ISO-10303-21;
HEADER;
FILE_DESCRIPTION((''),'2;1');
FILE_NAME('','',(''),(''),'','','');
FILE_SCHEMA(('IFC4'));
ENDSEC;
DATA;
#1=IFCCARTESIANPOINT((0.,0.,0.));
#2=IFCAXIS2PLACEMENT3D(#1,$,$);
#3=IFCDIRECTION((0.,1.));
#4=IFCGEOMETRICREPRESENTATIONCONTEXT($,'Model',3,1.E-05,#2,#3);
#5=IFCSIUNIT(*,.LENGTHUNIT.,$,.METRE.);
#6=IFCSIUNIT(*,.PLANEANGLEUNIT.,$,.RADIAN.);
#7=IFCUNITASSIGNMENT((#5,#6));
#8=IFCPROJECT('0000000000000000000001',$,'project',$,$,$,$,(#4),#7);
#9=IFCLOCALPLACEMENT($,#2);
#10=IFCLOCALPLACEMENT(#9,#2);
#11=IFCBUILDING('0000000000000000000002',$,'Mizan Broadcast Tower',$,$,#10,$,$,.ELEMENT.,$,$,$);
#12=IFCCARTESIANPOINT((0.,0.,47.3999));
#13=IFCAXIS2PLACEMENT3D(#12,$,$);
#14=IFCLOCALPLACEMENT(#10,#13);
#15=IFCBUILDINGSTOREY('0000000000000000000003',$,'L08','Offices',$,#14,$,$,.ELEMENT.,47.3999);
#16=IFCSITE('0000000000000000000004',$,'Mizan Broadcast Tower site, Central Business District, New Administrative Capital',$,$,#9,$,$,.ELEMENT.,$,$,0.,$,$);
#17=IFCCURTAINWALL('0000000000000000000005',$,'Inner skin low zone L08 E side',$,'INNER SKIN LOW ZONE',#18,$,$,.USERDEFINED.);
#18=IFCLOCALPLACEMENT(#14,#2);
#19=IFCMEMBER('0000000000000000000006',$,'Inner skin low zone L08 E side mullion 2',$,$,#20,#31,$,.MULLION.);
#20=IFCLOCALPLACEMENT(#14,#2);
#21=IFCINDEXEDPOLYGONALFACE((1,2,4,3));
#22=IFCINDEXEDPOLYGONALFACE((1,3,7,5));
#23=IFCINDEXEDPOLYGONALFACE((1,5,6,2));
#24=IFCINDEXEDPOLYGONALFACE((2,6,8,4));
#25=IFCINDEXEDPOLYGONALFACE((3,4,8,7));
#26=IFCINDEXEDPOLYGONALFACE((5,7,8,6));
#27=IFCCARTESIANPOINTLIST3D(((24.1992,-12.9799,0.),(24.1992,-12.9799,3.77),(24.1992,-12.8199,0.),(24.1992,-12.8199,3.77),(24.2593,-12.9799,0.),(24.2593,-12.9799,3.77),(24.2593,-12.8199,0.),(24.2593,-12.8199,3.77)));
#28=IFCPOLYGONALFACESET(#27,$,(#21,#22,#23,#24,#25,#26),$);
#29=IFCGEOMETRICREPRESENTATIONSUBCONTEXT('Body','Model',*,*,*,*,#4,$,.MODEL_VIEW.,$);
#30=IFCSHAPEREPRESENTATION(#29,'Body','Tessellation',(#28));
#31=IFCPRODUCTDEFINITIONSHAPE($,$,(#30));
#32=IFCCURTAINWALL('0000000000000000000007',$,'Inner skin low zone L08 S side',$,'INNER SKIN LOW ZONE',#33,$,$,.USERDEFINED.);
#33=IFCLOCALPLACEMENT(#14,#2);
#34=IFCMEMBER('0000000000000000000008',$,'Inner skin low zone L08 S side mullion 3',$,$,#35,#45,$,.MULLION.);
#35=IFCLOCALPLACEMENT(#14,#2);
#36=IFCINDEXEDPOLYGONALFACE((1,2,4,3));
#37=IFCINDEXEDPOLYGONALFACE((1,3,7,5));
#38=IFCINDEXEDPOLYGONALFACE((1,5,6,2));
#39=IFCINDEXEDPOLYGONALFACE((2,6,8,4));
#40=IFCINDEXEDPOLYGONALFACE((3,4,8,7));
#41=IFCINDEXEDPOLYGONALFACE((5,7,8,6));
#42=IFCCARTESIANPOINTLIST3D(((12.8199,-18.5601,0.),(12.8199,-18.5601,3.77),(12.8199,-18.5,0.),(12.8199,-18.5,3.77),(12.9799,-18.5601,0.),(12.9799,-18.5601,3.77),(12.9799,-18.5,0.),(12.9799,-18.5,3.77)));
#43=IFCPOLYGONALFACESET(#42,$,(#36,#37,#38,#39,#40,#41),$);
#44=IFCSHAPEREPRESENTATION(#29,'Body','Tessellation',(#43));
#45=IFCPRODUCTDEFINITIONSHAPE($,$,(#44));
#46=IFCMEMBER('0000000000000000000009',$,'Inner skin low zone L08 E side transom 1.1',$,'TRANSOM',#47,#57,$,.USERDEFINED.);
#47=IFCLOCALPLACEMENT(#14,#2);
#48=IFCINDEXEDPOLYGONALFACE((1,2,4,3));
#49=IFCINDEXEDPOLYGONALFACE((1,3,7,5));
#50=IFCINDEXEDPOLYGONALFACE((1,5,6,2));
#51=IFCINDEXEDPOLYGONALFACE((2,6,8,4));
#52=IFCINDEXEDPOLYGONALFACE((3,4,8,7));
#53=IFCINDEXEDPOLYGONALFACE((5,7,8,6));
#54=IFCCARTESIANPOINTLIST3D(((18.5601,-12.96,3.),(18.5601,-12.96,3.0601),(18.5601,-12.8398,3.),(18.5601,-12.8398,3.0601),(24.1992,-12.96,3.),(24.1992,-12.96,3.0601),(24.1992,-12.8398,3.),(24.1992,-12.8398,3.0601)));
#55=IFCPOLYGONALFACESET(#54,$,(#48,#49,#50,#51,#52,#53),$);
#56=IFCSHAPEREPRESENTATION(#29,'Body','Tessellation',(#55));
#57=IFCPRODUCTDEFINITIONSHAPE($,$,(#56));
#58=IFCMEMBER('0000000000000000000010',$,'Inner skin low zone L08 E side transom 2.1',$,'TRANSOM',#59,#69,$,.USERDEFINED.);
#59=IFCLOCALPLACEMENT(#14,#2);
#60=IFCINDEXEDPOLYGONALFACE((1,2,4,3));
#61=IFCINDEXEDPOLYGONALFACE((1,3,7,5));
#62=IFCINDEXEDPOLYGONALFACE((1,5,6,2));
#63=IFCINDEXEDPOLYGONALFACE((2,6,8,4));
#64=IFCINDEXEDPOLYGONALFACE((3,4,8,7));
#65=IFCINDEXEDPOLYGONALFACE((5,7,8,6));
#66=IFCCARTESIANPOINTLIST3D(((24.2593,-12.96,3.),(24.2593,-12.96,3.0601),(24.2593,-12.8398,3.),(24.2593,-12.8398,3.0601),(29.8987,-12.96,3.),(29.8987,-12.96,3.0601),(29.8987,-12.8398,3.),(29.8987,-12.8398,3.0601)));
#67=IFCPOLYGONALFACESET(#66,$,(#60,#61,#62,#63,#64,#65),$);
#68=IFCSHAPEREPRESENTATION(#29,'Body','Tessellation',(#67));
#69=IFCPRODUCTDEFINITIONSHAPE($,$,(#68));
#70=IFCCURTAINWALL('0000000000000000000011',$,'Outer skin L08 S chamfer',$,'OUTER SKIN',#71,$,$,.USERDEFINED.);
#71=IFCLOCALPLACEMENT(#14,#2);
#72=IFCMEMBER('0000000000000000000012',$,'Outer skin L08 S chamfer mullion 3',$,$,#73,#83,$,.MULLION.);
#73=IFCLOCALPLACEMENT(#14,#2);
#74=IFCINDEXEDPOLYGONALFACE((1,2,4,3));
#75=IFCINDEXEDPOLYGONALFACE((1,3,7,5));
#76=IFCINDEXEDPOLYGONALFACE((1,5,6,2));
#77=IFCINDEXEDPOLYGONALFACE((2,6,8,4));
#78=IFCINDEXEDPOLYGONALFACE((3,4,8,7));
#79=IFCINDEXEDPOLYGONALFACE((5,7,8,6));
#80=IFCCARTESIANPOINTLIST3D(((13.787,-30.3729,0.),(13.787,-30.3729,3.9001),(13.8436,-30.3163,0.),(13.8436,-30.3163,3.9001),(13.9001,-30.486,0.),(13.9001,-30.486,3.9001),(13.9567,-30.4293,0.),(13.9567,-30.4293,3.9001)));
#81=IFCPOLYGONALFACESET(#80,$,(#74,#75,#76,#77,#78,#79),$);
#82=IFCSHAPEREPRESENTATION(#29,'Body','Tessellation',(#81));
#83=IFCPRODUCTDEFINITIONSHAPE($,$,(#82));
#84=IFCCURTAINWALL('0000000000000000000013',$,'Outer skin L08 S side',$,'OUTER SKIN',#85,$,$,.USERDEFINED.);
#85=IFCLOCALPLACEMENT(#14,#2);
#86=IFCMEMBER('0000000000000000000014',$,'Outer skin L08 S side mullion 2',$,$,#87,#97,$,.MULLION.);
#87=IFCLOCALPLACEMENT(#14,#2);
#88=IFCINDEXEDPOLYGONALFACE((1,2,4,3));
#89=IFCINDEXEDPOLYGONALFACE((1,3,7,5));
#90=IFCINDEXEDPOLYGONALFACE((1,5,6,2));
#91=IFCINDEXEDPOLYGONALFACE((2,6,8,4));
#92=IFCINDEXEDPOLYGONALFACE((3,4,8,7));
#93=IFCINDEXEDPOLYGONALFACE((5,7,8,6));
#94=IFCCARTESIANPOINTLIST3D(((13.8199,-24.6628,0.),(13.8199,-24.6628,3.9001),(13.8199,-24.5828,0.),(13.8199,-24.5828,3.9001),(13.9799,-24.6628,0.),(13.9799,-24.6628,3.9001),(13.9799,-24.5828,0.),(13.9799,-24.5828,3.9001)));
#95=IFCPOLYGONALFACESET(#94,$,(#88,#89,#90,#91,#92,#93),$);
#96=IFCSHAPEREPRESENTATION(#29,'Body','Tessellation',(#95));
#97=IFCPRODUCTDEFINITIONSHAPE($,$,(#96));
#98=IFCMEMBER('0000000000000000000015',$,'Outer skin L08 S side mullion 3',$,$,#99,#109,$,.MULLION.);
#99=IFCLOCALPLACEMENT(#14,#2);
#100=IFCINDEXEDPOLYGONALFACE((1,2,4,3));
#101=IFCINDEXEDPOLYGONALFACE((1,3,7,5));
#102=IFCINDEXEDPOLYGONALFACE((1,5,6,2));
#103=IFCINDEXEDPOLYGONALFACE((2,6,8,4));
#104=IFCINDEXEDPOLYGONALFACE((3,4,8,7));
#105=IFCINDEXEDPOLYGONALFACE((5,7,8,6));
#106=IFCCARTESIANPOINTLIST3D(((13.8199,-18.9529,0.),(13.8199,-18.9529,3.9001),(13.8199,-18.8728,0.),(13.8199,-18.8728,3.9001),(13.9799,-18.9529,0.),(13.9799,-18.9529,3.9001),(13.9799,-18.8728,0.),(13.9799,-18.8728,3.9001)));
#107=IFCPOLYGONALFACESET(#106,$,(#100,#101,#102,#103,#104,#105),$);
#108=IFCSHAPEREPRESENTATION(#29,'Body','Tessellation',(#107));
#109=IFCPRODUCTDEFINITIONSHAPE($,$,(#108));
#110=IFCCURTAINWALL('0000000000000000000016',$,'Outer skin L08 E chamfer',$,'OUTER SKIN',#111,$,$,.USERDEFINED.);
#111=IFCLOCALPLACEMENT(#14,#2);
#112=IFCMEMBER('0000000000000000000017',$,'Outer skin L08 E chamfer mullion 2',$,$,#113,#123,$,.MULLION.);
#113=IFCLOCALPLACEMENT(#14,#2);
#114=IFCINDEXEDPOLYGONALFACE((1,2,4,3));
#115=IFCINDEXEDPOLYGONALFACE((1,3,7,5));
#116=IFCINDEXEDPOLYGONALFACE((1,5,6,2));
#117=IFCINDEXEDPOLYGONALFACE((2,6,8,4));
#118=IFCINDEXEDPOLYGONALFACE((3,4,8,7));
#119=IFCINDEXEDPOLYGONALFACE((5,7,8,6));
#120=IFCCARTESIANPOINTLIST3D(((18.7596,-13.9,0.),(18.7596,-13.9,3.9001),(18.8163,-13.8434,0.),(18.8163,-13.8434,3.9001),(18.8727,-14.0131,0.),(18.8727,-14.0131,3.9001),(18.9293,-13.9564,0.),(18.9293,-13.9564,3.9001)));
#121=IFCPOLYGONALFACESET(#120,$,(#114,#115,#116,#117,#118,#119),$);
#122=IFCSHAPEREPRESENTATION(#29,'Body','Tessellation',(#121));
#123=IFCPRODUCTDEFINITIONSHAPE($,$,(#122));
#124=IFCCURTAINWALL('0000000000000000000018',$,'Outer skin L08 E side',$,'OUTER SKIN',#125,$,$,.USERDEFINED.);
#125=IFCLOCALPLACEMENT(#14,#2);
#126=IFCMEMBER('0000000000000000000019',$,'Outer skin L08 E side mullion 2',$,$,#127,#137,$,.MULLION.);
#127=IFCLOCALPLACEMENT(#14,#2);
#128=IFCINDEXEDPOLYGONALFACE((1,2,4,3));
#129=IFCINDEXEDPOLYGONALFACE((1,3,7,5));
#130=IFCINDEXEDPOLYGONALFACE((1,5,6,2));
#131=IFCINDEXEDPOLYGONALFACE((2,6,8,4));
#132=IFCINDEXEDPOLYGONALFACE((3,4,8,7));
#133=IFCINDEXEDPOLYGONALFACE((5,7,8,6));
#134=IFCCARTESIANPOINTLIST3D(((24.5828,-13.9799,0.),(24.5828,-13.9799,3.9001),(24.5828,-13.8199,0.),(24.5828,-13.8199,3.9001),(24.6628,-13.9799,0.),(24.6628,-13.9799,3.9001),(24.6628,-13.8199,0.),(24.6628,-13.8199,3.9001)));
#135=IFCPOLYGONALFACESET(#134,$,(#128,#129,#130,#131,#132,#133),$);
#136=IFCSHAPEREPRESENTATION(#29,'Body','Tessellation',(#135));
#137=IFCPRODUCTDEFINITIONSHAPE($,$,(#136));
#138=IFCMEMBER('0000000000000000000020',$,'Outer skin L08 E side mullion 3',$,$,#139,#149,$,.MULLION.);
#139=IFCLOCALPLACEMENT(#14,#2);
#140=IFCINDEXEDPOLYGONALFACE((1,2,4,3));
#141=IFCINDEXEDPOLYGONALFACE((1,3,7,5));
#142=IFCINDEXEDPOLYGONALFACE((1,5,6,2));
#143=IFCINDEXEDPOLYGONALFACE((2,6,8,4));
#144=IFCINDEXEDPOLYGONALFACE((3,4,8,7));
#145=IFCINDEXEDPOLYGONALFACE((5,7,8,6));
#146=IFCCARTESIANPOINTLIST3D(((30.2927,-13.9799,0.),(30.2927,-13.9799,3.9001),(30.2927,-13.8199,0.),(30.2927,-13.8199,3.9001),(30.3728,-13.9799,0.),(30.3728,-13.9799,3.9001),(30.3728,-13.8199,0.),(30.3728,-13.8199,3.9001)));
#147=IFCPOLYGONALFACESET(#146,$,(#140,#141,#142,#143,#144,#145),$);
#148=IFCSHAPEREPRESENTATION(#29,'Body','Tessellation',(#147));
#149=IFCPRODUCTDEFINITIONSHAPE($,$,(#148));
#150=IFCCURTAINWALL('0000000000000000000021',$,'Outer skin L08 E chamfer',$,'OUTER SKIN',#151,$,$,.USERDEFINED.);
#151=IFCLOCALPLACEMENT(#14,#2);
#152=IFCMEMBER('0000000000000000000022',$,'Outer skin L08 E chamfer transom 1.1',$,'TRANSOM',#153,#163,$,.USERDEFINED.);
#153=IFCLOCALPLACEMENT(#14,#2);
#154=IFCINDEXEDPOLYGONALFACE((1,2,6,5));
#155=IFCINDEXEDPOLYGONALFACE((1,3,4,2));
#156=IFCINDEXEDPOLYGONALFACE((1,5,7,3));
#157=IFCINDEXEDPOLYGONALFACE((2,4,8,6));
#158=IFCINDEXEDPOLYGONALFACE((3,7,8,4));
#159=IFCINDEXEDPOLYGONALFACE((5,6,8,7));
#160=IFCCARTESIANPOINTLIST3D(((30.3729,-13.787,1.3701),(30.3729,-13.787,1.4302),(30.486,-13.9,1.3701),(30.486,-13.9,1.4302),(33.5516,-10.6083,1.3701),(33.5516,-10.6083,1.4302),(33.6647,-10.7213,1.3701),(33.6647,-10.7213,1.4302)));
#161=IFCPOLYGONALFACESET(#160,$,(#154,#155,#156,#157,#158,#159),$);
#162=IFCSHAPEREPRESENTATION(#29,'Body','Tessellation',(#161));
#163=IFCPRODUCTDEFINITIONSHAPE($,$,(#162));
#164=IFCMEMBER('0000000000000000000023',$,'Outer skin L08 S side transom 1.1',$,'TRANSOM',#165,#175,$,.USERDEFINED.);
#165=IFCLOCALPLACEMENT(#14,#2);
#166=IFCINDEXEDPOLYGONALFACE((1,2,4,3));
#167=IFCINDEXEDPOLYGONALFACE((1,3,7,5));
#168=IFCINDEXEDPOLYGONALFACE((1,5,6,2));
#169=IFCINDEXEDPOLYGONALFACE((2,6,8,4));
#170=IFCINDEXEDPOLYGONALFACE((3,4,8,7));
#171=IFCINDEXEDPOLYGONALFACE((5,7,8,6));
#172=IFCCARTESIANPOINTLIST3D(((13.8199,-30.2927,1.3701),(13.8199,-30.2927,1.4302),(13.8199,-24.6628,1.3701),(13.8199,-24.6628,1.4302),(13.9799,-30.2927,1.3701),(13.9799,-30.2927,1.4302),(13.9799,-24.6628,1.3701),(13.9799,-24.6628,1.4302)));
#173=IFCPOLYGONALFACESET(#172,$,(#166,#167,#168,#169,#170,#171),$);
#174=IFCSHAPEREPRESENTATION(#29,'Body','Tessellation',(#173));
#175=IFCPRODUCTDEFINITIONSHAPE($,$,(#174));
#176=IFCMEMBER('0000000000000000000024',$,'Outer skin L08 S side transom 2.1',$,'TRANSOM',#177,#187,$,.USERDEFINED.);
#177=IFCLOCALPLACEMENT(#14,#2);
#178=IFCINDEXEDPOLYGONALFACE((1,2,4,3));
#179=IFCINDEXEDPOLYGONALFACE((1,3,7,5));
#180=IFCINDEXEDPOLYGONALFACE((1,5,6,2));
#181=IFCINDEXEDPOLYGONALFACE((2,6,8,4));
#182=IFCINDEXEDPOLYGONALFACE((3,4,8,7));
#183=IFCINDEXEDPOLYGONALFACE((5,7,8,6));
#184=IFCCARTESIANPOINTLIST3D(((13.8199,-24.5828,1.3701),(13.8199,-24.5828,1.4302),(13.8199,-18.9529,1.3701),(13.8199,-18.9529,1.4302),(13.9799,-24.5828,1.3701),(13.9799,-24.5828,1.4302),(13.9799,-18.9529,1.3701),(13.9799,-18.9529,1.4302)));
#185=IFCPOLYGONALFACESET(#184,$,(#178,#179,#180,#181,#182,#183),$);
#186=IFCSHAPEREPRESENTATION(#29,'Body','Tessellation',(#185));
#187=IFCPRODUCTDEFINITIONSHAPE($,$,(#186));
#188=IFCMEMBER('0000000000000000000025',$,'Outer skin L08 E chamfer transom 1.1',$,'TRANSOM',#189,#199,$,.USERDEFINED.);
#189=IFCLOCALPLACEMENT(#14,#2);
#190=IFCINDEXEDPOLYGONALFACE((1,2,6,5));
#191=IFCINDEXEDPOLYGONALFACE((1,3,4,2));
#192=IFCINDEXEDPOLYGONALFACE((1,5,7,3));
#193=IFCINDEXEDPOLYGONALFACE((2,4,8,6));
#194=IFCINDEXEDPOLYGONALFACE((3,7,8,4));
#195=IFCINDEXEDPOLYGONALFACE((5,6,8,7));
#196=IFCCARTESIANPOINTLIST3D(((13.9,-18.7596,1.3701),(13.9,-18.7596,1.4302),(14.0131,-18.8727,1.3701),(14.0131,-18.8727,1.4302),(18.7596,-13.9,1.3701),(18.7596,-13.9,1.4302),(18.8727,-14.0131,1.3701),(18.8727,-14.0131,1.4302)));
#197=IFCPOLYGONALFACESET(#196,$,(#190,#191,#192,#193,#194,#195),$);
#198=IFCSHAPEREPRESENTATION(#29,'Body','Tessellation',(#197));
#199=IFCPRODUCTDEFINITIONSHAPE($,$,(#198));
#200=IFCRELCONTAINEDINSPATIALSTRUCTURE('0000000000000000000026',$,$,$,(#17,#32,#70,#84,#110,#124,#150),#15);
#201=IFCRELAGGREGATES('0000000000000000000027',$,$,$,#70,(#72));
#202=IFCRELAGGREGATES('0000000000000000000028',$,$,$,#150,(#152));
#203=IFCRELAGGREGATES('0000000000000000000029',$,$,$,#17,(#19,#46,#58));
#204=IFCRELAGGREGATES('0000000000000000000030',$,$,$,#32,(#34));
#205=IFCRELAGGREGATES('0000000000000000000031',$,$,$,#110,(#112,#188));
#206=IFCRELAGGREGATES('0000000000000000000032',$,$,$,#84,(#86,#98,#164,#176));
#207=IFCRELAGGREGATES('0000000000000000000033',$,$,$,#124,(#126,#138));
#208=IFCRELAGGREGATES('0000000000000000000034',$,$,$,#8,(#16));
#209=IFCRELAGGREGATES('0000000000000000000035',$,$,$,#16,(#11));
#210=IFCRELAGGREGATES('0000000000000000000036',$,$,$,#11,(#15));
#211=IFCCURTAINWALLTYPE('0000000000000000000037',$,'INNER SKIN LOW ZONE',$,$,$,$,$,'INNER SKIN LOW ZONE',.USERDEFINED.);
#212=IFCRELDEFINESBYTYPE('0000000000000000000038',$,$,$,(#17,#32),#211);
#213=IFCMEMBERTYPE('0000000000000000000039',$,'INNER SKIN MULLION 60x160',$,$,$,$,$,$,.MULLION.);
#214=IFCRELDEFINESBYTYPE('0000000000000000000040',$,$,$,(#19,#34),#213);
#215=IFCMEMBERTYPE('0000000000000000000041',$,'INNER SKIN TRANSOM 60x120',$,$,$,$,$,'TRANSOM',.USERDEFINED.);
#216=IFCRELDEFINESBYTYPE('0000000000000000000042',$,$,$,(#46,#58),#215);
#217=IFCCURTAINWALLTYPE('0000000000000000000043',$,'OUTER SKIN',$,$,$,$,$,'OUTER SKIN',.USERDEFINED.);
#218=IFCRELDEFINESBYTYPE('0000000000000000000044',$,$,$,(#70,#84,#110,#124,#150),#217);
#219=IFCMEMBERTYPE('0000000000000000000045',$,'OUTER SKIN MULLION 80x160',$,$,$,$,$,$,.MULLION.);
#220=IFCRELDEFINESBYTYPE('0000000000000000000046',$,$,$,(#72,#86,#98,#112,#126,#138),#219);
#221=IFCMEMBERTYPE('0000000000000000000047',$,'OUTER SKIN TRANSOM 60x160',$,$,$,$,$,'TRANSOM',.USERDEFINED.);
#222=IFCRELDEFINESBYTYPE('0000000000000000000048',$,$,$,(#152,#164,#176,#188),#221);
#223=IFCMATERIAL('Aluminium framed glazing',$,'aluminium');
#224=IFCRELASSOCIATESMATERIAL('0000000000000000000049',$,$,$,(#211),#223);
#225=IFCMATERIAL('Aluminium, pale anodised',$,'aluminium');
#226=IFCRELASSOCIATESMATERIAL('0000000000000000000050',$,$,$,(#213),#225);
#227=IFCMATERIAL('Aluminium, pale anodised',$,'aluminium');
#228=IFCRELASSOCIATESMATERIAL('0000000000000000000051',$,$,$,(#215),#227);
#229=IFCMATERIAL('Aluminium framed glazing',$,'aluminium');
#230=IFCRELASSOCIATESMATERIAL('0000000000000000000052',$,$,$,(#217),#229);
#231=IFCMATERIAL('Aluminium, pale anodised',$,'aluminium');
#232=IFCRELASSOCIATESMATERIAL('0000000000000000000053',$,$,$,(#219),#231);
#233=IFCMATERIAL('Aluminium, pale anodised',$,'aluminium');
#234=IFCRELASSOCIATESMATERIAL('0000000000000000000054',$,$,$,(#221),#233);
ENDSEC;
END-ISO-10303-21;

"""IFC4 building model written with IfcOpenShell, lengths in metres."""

from ifc_helpers import new_model, si_unit, direction, frame, origin, origin_2d, place, context, subcontext, project, spatial, rectangle, extrude, material, material_profile, profile_set, type_object, element, aggregate, save


model = new_model("IFC4")

# Units and contexts
model_context = context("Model", 3, precision=1e-05, world=origin(), true_north=direction((0.0, 1.0)))
body_context = subcontext(model_context, "Body", "Model", "MODEL_VIEW")
ifc_project = project(units=[si_unit("LENGTHUNIT", "METRE"), si_unit("PLANEANGLEUNIT", "RADIAN")], contexts=[model_context])

# Site, building, storey
site_placement = place(None, origin())
site = spatial("IfcSite", under=ifc_project, at=site_placement, Name="Mizan Broadcast Tower site, Central Business District, New Administrative Capital", CompositionType="ELEMENT", RefElevation=0.0)
building_placement = place(site_placement, origin())
building = spatial("IfcBuilding", under=site, at=building_placement, Name="Mizan Broadcast Tower", CompositionType="ELEMENT")
storey_placement = place(building_placement, frame((0.0, 0.0, 47.3999)))
storey = spatial("IfcBuildingStorey", under=building, at=storey_placement, Name="L08", Description="Offices", CompositionType="ELEMENT", Elevation=47.3999)

# Curtain walls, members
ifc_material_1 = material(Name="Aluminium framed glazing", Category="aluminium")
curtain_wall_type_1 = type_object("IfcCurtainWallType", Name="INNER SKIN LOW ZONE", ElementType="INNER SKIN LOW ZONE", PredefinedType="USERDEFINED", material=ifc_material_1)
curtain_wall_1_placement = place(storey_placement, origin())
curtain_wall_1 = element("IfcCurtainWall", 1, at=curtain_wall_1_placement, inside=storey, type_object=curtain_wall_type_1, Name="Inner skin low zone L08 E side", ObjectType="INNER SKIN LOW ZONE", PredefinedType="USERDEFINED")
ifc_material_2 = material(Name="Aluminium, pale anodised", Category="aluminium")
ifc_material_profile_1 = material_profile(ifc_material_2, rectangle(XDim=0.1599, YDim=0.0601, at=origin_2d()), Name="MULLION 160x60")
ifc_profile_set_1 = profile_set([ifc_material_profile_1], Name="Aluminium, pale anodised")
member_type_1 = type_object("IfcMemberType", Name="INNER SKIN MULLION 60x160", PredefinedType="MULLION", material=ifc_profile_set_1)
member_1_placement = place(storey_placement, frame((24.2292, -12.8999, 0.0), z_axis=(0.0, 0.0, 1.0), x_axis=(0.0, 1.0, 0.0)))
member_1 = element("IfcMember", 2, at=member_1_placement, type_object=member_type_1, Name="Inner skin low zone L08 E side mullion 2", PredefinedType="MULLION", context=body_context, shape_type="SweptSolid", body=[
    extrude(rectangle(XDim=0.1599, YDim=0.0601, at=origin_2d()), origin(), (0.0, 0.0, 1.0), 3.77),
])
curtain_wall_2_placement = place(storey_placement, origin())
curtain_wall_2 = element("IfcCurtainWall", 3, at=curtain_wall_2_placement, inside=storey, type_object=curtain_wall_type_1, Name="Inner skin low zone L08 S side", ObjectType="INNER SKIN LOW ZONE", PredefinedType="USERDEFINED")
member_2_placement = place(storey_placement, frame((12.8999, -18.53, 0.0), z_axis=(0.0, 0.0, 1.0), x_axis=(-1.0, 0.0, 0.0)))
member_2 = element("IfcMember", 4, at=member_2_placement, type_object=member_type_1, Name="Inner skin low zone L08 S side mullion 3", PredefinedType="MULLION", context=body_context, shape_type="SweptSolid", body=[
    extrude(rectangle(XDim=0.1599, YDim=0.0601, at=origin_2d()), origin(), (0.0, 0.0, 1.0), 3.77),
])

# Members
ifc_material_3 = material(Name="Aluminium, pale anodised", Category="aluminium")
ifc_material_profile_2 = material_profile(ifc_material_3, rectangle(XDim=0.1201, YDim=0.0601, at=origin_2d()), Name="TRANSOM 120x60")
ifc_profile_set_2 = profile_set([ifc_material_profile_2], Name="Aluminium, pale anodised")
member_type_2 = type_object("IfcMemberType", Name="INNER SKIN TRANSOM 60x120", ElementType="TRANSOM", PredefinedType="USERDEFINED", material=ifc_profile_set_2)
member_3_placement = place(storey_placement, frame((18.5601, -12.8999, 3.03), z_axis=(1.0, 0.0, 0.0), x_axis=(0.0, 1.0, 0.0)))
member_3 = element("IfcMember", 5, at=member_3_placement, type_object=member_type_2, Name="Inner skin low zone L08 E side transom 1.1", ObjectType="TRANSOM", PredefinedType="USERDEFINED", context=body_context, shape_type="SweptSolid", body=[
    extrude(rectangle(XDim=0.1201, YDim=0.0601, at=origin_2d()), origin(), (0.0, 0.0, 1.0), 5.6392),
])
member_4_placement = place(storey_placement, frame((24.2593, -12.8999, 3.03), z_axis=(1.0, 0.0, 0.0), x_axis=(0.0, 1.0, 0.0)))
member_4 = element("IfcMember", 6, at=member_4_placement, type_object=member_type_2, Name="Inner skin low zone L08 E side transom 2.1", ObjectType="TRANSOM", PredefinedType="USERDEFINED", context=body_context, shape_type="SweptSolid", body=[
    extrude(rectangle(XDim=0.1201, YDim=0.0601, at=origin_2d()), origin(), (0.0, 0.0, 1.0), 5.6394),
])

# Curtain wall, member
ifc_material_4 = material(Name="Aluminium framed glazing", Category="aluminium")
curtain_wall_type_2 = type_object("IfcCurtainWallType", Name="OUTER SKIN", ElementType="OUTER SKIN", PredefinedType="USERDEFINED", material=ifc_material_4)
curtain_wall_3_placement = place(storey_placement, origin())
curtain_wall_3 = element("IfcCurtainWall", 7, at=curtain_wall_3_placement, inside=storey, type_object=curtain_wall_type_2, Name="Outer skin L08 S chamfer", ObjectType="OUTER SKIN", PredefinedType="USERDEFINED")
ifc_material_5 = material(Name="Aluminium, pale anodised", Category="aluminium")
ifc_material_profile_3 = material_profile(ifc_material_5, rectangle(XDim=0.1599, YDim=0.0801, at=origin_2d()), Name="MULLION 160x80")
ifc_profile_set_3 = profile_set([ifc_material_profile_3], Name="Aluminium, pale anodised")
member_type_3 = type_object("IfcMemberType", Name="OUTER SKIN MULLION 80x160", PredefinedType="MULLION", material=ifc_profile_set_3)
member_5_placement = place(storey_placement, frame((13.8718, -30.4011, 0.0), z_axis=(0.0, 0.0, 1.0), x_axis=(-0.707107, 0.707107, 0.0)))
member_5 = element("IfcMember", 8, at=member_5_placement, type_object=member_type_3, Name="Outer skin L08 S chamfer mullion 3", PredefinedType="MULLION", context=body_context, shape_type="SweptSolid", body=[
    extrude(rectangle(XDim=0.1599, YDim=0.0801, at=origin_2d()), origin(), (0.0, 0.0, 1.0), 3.9001),
])
aggregate(curtain_wall_3, [member_5])

# Curtain wall, members
curtain_wall_4_placement = place(storey_placement, origin())
curtain_wall_4 = element("IfcCurtainWall", 9, at=curtain_wall_4_placement, inside=storey, type_object=curtain_wall_type_2, Name="Outer skin L08 S side", ObjectType="OUTER SKIN", PredefinedType="USERDEFINED")
member_6_placement = place(storey_placement, frame((13.8999, -24.6228, 0.0), z_axis=(0.0, 0.0, 1.0), x_axis=(-1.0, 0.0, 0.0)))
member_6 = element("IfcMember", 10, at=member_6_placement, type_object=member_type_3, Name="Outer skin L08 S side mullion 2", PredefinedType="MULLION", context=body_context, shape_type="SweptSolid", body=[
    extrude(rectangle(XDim=0.1599, YDim=0.0801, at=origin_2d()), origin(), (0.0, 0.0, 1.0), 3.9001),
])
member_7_placement = place(storey_placement, frame((13.8999, -18.9128, 0.0), z_axis=(0.0, 0.0, 1.0), x_axis=(-1.0, 0.0, 0.0)))
member_7 = element("IfcMember", 11, at=member_7_placement, type_object=member_type_3, Name="Outer skin L08 S side mullion 3", PredefinedType="MULLION", context=body_context, shape_type="SweptSolid", body=[
    extrude(rectangle(XDim=0.1599, YDim=0.0801, at=origin_2d()), origin(), (0.0, 0.0, 1.0), 3.9001),
])

# Curtain wall, member
curtain_wall_5_placement = place(storey_placement, origin())
curtain_wall_5 = element("IfcCurtainWall", 12, at=curtain_wall_5_placement, inside=storey, type_object=curtain_wall_type_2, Name="Outer skin L08 E chamfer", ObjectType="OUTER SKIN", PredefinedType="USERDEFINED")
member_8_placement = place(storey_placement, frame((18.8445, -13.9282, 0.0), z_axis=(0.0, 0.0, 1.0), x_axis=(-0.707107, 0.707107, 0.0)))
member_8 = element("IfcMember", 13, at=member_8_placement, type_object=member_type_3, Name="Outer skin L08 E chamfer mullion 2", PredefinedType="MULLION", context=body_context, shape_type="SweptSolid", body=[
    extrude(rectangle(XDim=0.1599, YDim=0.0801, at=origin_2d()), origin(), (0.0, 0.0, 1.0), 3.9001),
])

# Curtain wall, members
curtain_wall_6_placement = place(storey_placement, origin())
curtain_wall_6 = element("IfcCurtainWall", 14, at=curtain_wall_6_placement, inside=storey, type_object=curtain_wall_type_2, Name="Outer skin L08 E side", ObjectType="OUTER SKIN", PredefinedType="USERDEFINED")
member_9_placement = place(storey_placement, frame((24.6228, -13.8999, 0.0), z_axis=(0.0, 0.0, 1.0), x_axis=(0.0, 1.0, 0.0)))
member_9 = element("IfcMember", 15, at=member_9_placement, type_object=member_type_3, Name="Outer skin L08 E side mullion 2", PredefinedType="MULLION", context=body_context, shape_type="SweptSolid", body=[
    extrude(rectangle(XDim=0.1599, YDim=0.0801, at=origin_2d()), origin(), (0.0, 0.0, 1.0), 3.9001),
])
member_10_placement = place(storey_placement, frame((30.3328, -13.8999, 0.0), z_axis=(0.0, 0.0, 1.0), x_axis=(0.0, 1.0, 0.0)))
member_10 = element("IfcMember", 16, at=member_10_placement, type_object=member_type_3, Name="Outer skin L08 E side mullion 3", PredefinedType="MULLION", context=body_context, shape_type="SweptSolid", body=[
    extrude(rectangle(XDim=0.1599, YDim=0.0801, at=origin_2d()), origin(), (0.0, 0.0, 1.0), 3.9001),
])

# Curtain wall, member
curtain_wall_7_placement = place(storey_placement, origin())
curtain_wall_7 = element("IfcCurtainWall", 17, at=curtain_wall_7_placement, inside=storey, type_object=curtain_wall_type_2, Name="Outer skin L08 E chamfer", ObjectType="OUTER SKIN", PredefinedType="USERDEFINED")
ifc_material_6 = material(Name="Aluminium, pale anodised", Category="aluminium")
ifc_material_profile_4 = material_profile(ifc_material_6, rectangle(XDim=0.1599, YDim=0.0601, at=origin_2d()), Name="TRANSOM 160x60")
ifc_profile_set_4 = profile_set([ifc_material_profile_4], Name="Aluminium, pale anodised")
member_type_4 = type_object("IfcMemberType", Name="OUTER SKIN TRANSOM 60x160", ElementType="TRANSOM", PredefinedType="USERDEFINED", material=ifc_profile_set_4)
member_11_placement = place(storey_placement, frame((30.4294, -13.8435, 1.4001), z_axis=(0.707107, 0.707107, 0.0), x_axis=(-0.707107, 0.707107, 0.0)))
member_11 = element("IfcMember", 18, at=member_11_placement, type_object=member_type_4, Name="Outer skin L08 E chamfer transom 1.1", ObjectType="TRANSOM", PredefinedType="USERDEFINED", context=body_context, shape_type="SweptSolid", body=[
    extrude(rectangle(XDim=0.1599, YDim=0.0601, at=origin_2d()), origin(), (0.0, 0.0, 1.0), 4.4954),
])
aggregate(curtain_wall_7, [member_11])

# Members
member_12_placement = place(storey_placement, frame((13.8999, -30.2927, 1.4001), z_axis=(0.0, 1.0, 0.0), x_axis=(-1.0, 0.0, 0.0)))
member_12 = element("IfcMember", 19, at=member_12_placement, type_object=member_type_4, Name="Outer skin L08 S side transom 1.1", ObjectType="TRANSOM", PredefinedType="USERDEFINED", context=body_context, shape_type="SweptSolid", body=[
    extrude(rectangle(XDim=0.1599, YDim=0.0601, at=origin_2d()), origin(), (0.0, 0.0, 1.0), 5.6299),
])
member_13_placement = place(storey_placement, frame((13.8999, -24.5828, 1.4001), z_axis=(0.0, 1.0, 0.0), x_axis=(-1.0, 0.0, 0.0)))
member_13 = element("IfcMember", 20, at=member_13_placement, type_object=member_type_4, Name="Outer skin L08 S side transom 2.1", ObjectType="TRANSOM", PredefinedType="USERDEFINED", context=body_context, shape_type="SweptSolid", body=[
    extrude(rectangle(XDim=0.1599, YDim=0.0601, at=origin_2d()), origin(), (0.0, 0.0, 1.0), 5.6299),
])
member_14_placement = place(storey_placement, frame((13.9565, -18.8162, 1.4001), z_axis=(0.707107, 0.707107, 0.0), x_axis=(-0.707107, 0.707107, 0.0)))
member_14 = element("IfcMember", 21, at=member_14_placement, type_object=member_type_4, Name="Outer skin L08 E chamfer transom 1.1", ObjectType="TRANSOM", PredefinedType="USERDEFINED", context=body_context, shape_type="SweptSolid", body=[
    extrude(rectangle(XDim=0.1599, YDim=0.0601, at=origin_2d()), origin(), (0.0, 0.0, 1.0), 6.8726),
])

aggregate(curtain_wall_1, [member_1, member_3, member_4])
aggregate(curtain_wall_2, [member_2])
aggregate(curtain_wall_5, [member_8, member_14])
aggregate(curtain_wall_4, [member_6, member_7, member_12, member_13])
aggregate(curtain_wall_6, [member_9, member_10])

save(model, "model.ifc")
